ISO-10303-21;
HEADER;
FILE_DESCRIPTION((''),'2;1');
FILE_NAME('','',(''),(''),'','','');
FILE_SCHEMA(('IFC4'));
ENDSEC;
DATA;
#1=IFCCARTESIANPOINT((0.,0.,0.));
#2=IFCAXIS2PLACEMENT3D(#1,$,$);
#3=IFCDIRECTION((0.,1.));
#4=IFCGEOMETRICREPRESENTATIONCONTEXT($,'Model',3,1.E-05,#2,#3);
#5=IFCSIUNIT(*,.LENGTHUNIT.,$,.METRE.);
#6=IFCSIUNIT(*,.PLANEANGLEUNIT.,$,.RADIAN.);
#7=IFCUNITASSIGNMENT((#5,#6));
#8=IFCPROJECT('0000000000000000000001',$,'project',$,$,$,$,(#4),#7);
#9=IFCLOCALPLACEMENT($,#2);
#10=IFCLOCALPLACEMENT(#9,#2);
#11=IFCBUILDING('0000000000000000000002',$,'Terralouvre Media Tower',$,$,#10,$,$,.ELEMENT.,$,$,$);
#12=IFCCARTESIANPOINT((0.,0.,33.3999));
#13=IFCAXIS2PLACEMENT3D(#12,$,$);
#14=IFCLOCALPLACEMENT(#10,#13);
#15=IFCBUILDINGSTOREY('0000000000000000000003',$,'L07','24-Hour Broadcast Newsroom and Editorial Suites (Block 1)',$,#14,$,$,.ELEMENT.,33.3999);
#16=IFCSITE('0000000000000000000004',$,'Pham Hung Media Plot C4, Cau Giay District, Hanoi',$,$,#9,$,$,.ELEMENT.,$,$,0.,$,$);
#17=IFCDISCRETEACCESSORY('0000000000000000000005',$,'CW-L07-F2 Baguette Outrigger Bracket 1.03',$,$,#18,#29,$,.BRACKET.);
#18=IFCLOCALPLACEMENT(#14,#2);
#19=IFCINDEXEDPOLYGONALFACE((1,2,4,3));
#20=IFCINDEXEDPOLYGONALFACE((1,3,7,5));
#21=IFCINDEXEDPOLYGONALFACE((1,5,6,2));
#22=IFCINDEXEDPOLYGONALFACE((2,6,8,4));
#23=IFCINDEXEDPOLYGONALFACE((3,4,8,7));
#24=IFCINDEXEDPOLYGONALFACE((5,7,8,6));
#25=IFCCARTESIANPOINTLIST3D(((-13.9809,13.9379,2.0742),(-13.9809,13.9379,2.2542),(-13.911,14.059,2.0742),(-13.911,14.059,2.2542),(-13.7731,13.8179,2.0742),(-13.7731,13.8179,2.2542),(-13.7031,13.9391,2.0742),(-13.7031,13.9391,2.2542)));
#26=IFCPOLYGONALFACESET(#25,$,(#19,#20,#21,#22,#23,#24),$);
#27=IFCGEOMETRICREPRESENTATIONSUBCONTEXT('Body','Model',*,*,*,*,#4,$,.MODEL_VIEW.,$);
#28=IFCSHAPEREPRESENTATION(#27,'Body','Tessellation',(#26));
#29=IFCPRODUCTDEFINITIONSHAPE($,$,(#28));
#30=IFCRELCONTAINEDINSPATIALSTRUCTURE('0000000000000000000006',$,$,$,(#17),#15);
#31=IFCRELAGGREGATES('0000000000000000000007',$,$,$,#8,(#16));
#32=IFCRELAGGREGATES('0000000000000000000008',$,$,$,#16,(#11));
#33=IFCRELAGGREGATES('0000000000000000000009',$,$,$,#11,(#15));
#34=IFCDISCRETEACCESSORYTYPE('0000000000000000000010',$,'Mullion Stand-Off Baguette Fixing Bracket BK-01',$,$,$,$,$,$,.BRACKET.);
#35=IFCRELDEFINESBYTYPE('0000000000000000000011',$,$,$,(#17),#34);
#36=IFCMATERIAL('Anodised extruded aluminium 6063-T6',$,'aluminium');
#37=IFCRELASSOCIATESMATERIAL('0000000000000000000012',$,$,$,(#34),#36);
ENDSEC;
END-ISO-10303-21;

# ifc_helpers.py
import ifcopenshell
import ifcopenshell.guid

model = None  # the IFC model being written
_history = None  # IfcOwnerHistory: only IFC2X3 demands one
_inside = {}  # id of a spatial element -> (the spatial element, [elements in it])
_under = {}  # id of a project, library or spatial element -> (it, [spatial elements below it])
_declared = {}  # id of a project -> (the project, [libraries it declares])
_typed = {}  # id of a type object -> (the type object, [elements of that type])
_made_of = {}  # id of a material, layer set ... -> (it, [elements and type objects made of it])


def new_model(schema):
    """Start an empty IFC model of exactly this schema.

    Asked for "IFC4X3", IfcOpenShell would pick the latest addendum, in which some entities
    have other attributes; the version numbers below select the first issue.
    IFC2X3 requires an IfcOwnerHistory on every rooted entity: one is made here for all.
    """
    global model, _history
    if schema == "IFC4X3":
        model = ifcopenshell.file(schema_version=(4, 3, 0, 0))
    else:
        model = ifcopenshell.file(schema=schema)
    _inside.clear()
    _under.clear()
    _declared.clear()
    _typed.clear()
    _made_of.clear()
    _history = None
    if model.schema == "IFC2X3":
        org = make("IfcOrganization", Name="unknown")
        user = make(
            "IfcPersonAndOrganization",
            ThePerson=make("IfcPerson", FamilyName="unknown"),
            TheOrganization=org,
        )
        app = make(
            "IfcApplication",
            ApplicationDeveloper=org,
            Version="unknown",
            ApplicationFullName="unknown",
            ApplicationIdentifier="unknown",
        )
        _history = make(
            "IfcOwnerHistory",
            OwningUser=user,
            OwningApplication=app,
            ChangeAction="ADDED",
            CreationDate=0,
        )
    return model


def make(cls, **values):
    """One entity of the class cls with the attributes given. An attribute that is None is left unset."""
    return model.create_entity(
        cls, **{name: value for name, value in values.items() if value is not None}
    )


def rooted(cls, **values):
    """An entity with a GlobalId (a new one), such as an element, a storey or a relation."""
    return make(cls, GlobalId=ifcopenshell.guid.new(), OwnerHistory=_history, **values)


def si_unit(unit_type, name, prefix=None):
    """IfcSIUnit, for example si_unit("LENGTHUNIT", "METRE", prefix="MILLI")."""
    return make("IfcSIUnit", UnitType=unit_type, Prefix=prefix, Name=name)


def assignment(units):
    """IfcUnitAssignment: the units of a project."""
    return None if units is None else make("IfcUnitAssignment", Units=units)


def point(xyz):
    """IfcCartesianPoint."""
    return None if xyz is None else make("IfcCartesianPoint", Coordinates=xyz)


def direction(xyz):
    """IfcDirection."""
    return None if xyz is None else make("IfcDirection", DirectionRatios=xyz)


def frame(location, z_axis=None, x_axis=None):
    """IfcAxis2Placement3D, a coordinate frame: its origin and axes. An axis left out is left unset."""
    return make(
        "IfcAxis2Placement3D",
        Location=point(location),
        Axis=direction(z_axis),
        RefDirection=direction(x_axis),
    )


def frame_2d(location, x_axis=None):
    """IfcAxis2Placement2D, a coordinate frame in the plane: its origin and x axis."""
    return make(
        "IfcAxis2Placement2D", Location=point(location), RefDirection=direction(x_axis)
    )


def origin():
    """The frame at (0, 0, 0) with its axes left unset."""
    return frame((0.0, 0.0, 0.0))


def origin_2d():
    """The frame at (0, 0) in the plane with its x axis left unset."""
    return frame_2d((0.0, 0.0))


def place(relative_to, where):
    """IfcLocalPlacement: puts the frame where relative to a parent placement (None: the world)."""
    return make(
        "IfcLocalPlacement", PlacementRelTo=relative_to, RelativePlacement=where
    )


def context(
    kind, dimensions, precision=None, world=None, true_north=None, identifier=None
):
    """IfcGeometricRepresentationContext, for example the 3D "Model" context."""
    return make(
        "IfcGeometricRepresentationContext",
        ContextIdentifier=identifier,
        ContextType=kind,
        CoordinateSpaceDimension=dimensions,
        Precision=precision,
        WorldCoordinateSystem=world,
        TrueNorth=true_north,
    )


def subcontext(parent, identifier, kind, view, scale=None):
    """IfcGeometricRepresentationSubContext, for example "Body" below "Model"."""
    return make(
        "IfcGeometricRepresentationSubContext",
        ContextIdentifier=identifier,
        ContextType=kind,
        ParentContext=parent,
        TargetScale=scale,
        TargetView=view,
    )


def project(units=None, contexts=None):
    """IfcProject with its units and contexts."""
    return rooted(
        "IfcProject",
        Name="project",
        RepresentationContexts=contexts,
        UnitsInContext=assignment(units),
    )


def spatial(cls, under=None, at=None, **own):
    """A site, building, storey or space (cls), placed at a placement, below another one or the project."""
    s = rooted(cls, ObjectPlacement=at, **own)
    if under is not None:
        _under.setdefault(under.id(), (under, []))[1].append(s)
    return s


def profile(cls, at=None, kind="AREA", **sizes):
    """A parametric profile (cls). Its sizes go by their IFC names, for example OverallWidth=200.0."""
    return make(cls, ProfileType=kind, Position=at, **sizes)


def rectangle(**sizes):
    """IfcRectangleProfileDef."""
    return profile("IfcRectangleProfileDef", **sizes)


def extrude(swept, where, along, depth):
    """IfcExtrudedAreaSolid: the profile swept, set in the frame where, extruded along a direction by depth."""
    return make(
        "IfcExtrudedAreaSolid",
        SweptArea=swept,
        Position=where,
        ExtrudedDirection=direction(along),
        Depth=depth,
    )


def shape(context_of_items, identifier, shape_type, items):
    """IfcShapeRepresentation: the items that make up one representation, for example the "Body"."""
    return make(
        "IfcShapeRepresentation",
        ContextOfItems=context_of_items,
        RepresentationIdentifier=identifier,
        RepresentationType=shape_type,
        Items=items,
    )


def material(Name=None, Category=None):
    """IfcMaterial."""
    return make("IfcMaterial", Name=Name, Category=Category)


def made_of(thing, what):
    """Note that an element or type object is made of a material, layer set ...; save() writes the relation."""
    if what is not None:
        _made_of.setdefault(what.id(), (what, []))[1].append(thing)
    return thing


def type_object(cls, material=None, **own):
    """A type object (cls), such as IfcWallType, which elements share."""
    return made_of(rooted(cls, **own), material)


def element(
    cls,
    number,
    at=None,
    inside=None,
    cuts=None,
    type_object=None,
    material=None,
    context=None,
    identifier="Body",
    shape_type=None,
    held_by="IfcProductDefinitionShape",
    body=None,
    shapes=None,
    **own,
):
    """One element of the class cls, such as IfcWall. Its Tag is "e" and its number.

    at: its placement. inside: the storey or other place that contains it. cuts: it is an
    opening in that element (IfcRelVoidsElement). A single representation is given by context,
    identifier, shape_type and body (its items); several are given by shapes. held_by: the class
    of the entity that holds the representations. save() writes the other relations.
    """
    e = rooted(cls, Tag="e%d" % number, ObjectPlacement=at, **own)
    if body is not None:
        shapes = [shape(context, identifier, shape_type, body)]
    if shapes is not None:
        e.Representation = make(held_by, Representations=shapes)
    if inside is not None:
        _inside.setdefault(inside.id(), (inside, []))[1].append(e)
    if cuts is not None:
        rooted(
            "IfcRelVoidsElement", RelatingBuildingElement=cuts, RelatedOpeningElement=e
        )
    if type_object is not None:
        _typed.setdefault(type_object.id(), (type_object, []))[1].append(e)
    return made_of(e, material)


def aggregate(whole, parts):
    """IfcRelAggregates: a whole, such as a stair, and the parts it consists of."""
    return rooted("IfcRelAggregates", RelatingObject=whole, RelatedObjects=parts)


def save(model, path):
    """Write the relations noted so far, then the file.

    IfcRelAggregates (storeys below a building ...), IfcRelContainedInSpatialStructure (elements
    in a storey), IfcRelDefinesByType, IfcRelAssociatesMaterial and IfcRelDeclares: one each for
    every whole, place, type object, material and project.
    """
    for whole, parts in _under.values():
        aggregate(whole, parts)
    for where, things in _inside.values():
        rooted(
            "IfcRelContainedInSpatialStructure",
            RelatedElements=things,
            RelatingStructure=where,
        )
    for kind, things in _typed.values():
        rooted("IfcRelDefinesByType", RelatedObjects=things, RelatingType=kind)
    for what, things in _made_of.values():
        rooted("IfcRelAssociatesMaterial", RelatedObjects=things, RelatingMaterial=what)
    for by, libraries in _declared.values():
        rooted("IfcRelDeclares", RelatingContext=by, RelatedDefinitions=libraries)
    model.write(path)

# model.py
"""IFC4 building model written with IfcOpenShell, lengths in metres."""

from ifc_helpers import new_model, si_unit, direction, frame, origin, origin_2d, place, context, subcontext, project, spatial, rectangle, extrude, material, type_object, element, save


model = new_model("IFC4")

# Units and contexts
model_context = context("Model", 3, precision=1e-05, world=origin(), true_north=direction((0.0, 1.0)))
body_context = subcontext(model_context, "Body", "Model", "MODEL_VIEW")
ifc_project = project(units=[si_unit("LENGTHUNIT", "METRE"), si_unit("PLANEANGLEUNIT", "RADIAN")], contexts=[model_context])

# Site, building, storey
site_placement = place(None, origin())
site = spatial("IfcSite", under=ifc_project, at=site_placement, Name="Pham Hung Media Plot C4, Cau Giay District, Hanoi", CompositionType="ELEMENT", RefElevation=0.0)
building_placement = place(site_placement, origin())
building = spatial("IfcBuilding", under=site, at=building_placement, Name="Terralouvre Media Tower", CompositionType="ELEMENT")
storey_placement = place(building_placement, frame((0.0, 0.0, 33.3999)))
storey = spatial("IfcBuildingStorey", under=building, at=storey_placement, Name="L07", Description="24-Hour Broadcast Newsroom and Editorial Suites (Block 1)", CompositionType="ELEMENT", Elevation=33.3999)

# Discrete accessory
ifc_material_1 = material(Name="Anodised extruded aluminium 6063-T6", Category="aluminium")
discrete_accessory_type = type_object("IfcDiscreteAccessoryType", Name="Mullion Stand-Off Baguette Fixing Bracket BK-01", PredefinedType="BRACKET", material=ifc_material_1)
discrete_accessory_placement = place(storey_placement, frame((-13.842, 13.9385, 2.0742), z_axis=(0.0, 0.0, 1.0), x_axis=(-0.5, -0.866025, 0.0)))
element("IfcDiscreteAccessory", 1, at=discrete_accessory_placement, inside=storey, type_object=discrete_accessory_type, Name="CW-L07-F2 Baguette Outrigger Bracket 1.03", PredefinedType="BRACKET", context=body_context, shape_type="SweptSolid", body=[
    extrude(rectangle(XDim=0.1399, YDim=0.24, at=origin_2d()), origin(), (0.0, 0.0, 1.0), 0.1799),
])

save(model, "model.ifc")
